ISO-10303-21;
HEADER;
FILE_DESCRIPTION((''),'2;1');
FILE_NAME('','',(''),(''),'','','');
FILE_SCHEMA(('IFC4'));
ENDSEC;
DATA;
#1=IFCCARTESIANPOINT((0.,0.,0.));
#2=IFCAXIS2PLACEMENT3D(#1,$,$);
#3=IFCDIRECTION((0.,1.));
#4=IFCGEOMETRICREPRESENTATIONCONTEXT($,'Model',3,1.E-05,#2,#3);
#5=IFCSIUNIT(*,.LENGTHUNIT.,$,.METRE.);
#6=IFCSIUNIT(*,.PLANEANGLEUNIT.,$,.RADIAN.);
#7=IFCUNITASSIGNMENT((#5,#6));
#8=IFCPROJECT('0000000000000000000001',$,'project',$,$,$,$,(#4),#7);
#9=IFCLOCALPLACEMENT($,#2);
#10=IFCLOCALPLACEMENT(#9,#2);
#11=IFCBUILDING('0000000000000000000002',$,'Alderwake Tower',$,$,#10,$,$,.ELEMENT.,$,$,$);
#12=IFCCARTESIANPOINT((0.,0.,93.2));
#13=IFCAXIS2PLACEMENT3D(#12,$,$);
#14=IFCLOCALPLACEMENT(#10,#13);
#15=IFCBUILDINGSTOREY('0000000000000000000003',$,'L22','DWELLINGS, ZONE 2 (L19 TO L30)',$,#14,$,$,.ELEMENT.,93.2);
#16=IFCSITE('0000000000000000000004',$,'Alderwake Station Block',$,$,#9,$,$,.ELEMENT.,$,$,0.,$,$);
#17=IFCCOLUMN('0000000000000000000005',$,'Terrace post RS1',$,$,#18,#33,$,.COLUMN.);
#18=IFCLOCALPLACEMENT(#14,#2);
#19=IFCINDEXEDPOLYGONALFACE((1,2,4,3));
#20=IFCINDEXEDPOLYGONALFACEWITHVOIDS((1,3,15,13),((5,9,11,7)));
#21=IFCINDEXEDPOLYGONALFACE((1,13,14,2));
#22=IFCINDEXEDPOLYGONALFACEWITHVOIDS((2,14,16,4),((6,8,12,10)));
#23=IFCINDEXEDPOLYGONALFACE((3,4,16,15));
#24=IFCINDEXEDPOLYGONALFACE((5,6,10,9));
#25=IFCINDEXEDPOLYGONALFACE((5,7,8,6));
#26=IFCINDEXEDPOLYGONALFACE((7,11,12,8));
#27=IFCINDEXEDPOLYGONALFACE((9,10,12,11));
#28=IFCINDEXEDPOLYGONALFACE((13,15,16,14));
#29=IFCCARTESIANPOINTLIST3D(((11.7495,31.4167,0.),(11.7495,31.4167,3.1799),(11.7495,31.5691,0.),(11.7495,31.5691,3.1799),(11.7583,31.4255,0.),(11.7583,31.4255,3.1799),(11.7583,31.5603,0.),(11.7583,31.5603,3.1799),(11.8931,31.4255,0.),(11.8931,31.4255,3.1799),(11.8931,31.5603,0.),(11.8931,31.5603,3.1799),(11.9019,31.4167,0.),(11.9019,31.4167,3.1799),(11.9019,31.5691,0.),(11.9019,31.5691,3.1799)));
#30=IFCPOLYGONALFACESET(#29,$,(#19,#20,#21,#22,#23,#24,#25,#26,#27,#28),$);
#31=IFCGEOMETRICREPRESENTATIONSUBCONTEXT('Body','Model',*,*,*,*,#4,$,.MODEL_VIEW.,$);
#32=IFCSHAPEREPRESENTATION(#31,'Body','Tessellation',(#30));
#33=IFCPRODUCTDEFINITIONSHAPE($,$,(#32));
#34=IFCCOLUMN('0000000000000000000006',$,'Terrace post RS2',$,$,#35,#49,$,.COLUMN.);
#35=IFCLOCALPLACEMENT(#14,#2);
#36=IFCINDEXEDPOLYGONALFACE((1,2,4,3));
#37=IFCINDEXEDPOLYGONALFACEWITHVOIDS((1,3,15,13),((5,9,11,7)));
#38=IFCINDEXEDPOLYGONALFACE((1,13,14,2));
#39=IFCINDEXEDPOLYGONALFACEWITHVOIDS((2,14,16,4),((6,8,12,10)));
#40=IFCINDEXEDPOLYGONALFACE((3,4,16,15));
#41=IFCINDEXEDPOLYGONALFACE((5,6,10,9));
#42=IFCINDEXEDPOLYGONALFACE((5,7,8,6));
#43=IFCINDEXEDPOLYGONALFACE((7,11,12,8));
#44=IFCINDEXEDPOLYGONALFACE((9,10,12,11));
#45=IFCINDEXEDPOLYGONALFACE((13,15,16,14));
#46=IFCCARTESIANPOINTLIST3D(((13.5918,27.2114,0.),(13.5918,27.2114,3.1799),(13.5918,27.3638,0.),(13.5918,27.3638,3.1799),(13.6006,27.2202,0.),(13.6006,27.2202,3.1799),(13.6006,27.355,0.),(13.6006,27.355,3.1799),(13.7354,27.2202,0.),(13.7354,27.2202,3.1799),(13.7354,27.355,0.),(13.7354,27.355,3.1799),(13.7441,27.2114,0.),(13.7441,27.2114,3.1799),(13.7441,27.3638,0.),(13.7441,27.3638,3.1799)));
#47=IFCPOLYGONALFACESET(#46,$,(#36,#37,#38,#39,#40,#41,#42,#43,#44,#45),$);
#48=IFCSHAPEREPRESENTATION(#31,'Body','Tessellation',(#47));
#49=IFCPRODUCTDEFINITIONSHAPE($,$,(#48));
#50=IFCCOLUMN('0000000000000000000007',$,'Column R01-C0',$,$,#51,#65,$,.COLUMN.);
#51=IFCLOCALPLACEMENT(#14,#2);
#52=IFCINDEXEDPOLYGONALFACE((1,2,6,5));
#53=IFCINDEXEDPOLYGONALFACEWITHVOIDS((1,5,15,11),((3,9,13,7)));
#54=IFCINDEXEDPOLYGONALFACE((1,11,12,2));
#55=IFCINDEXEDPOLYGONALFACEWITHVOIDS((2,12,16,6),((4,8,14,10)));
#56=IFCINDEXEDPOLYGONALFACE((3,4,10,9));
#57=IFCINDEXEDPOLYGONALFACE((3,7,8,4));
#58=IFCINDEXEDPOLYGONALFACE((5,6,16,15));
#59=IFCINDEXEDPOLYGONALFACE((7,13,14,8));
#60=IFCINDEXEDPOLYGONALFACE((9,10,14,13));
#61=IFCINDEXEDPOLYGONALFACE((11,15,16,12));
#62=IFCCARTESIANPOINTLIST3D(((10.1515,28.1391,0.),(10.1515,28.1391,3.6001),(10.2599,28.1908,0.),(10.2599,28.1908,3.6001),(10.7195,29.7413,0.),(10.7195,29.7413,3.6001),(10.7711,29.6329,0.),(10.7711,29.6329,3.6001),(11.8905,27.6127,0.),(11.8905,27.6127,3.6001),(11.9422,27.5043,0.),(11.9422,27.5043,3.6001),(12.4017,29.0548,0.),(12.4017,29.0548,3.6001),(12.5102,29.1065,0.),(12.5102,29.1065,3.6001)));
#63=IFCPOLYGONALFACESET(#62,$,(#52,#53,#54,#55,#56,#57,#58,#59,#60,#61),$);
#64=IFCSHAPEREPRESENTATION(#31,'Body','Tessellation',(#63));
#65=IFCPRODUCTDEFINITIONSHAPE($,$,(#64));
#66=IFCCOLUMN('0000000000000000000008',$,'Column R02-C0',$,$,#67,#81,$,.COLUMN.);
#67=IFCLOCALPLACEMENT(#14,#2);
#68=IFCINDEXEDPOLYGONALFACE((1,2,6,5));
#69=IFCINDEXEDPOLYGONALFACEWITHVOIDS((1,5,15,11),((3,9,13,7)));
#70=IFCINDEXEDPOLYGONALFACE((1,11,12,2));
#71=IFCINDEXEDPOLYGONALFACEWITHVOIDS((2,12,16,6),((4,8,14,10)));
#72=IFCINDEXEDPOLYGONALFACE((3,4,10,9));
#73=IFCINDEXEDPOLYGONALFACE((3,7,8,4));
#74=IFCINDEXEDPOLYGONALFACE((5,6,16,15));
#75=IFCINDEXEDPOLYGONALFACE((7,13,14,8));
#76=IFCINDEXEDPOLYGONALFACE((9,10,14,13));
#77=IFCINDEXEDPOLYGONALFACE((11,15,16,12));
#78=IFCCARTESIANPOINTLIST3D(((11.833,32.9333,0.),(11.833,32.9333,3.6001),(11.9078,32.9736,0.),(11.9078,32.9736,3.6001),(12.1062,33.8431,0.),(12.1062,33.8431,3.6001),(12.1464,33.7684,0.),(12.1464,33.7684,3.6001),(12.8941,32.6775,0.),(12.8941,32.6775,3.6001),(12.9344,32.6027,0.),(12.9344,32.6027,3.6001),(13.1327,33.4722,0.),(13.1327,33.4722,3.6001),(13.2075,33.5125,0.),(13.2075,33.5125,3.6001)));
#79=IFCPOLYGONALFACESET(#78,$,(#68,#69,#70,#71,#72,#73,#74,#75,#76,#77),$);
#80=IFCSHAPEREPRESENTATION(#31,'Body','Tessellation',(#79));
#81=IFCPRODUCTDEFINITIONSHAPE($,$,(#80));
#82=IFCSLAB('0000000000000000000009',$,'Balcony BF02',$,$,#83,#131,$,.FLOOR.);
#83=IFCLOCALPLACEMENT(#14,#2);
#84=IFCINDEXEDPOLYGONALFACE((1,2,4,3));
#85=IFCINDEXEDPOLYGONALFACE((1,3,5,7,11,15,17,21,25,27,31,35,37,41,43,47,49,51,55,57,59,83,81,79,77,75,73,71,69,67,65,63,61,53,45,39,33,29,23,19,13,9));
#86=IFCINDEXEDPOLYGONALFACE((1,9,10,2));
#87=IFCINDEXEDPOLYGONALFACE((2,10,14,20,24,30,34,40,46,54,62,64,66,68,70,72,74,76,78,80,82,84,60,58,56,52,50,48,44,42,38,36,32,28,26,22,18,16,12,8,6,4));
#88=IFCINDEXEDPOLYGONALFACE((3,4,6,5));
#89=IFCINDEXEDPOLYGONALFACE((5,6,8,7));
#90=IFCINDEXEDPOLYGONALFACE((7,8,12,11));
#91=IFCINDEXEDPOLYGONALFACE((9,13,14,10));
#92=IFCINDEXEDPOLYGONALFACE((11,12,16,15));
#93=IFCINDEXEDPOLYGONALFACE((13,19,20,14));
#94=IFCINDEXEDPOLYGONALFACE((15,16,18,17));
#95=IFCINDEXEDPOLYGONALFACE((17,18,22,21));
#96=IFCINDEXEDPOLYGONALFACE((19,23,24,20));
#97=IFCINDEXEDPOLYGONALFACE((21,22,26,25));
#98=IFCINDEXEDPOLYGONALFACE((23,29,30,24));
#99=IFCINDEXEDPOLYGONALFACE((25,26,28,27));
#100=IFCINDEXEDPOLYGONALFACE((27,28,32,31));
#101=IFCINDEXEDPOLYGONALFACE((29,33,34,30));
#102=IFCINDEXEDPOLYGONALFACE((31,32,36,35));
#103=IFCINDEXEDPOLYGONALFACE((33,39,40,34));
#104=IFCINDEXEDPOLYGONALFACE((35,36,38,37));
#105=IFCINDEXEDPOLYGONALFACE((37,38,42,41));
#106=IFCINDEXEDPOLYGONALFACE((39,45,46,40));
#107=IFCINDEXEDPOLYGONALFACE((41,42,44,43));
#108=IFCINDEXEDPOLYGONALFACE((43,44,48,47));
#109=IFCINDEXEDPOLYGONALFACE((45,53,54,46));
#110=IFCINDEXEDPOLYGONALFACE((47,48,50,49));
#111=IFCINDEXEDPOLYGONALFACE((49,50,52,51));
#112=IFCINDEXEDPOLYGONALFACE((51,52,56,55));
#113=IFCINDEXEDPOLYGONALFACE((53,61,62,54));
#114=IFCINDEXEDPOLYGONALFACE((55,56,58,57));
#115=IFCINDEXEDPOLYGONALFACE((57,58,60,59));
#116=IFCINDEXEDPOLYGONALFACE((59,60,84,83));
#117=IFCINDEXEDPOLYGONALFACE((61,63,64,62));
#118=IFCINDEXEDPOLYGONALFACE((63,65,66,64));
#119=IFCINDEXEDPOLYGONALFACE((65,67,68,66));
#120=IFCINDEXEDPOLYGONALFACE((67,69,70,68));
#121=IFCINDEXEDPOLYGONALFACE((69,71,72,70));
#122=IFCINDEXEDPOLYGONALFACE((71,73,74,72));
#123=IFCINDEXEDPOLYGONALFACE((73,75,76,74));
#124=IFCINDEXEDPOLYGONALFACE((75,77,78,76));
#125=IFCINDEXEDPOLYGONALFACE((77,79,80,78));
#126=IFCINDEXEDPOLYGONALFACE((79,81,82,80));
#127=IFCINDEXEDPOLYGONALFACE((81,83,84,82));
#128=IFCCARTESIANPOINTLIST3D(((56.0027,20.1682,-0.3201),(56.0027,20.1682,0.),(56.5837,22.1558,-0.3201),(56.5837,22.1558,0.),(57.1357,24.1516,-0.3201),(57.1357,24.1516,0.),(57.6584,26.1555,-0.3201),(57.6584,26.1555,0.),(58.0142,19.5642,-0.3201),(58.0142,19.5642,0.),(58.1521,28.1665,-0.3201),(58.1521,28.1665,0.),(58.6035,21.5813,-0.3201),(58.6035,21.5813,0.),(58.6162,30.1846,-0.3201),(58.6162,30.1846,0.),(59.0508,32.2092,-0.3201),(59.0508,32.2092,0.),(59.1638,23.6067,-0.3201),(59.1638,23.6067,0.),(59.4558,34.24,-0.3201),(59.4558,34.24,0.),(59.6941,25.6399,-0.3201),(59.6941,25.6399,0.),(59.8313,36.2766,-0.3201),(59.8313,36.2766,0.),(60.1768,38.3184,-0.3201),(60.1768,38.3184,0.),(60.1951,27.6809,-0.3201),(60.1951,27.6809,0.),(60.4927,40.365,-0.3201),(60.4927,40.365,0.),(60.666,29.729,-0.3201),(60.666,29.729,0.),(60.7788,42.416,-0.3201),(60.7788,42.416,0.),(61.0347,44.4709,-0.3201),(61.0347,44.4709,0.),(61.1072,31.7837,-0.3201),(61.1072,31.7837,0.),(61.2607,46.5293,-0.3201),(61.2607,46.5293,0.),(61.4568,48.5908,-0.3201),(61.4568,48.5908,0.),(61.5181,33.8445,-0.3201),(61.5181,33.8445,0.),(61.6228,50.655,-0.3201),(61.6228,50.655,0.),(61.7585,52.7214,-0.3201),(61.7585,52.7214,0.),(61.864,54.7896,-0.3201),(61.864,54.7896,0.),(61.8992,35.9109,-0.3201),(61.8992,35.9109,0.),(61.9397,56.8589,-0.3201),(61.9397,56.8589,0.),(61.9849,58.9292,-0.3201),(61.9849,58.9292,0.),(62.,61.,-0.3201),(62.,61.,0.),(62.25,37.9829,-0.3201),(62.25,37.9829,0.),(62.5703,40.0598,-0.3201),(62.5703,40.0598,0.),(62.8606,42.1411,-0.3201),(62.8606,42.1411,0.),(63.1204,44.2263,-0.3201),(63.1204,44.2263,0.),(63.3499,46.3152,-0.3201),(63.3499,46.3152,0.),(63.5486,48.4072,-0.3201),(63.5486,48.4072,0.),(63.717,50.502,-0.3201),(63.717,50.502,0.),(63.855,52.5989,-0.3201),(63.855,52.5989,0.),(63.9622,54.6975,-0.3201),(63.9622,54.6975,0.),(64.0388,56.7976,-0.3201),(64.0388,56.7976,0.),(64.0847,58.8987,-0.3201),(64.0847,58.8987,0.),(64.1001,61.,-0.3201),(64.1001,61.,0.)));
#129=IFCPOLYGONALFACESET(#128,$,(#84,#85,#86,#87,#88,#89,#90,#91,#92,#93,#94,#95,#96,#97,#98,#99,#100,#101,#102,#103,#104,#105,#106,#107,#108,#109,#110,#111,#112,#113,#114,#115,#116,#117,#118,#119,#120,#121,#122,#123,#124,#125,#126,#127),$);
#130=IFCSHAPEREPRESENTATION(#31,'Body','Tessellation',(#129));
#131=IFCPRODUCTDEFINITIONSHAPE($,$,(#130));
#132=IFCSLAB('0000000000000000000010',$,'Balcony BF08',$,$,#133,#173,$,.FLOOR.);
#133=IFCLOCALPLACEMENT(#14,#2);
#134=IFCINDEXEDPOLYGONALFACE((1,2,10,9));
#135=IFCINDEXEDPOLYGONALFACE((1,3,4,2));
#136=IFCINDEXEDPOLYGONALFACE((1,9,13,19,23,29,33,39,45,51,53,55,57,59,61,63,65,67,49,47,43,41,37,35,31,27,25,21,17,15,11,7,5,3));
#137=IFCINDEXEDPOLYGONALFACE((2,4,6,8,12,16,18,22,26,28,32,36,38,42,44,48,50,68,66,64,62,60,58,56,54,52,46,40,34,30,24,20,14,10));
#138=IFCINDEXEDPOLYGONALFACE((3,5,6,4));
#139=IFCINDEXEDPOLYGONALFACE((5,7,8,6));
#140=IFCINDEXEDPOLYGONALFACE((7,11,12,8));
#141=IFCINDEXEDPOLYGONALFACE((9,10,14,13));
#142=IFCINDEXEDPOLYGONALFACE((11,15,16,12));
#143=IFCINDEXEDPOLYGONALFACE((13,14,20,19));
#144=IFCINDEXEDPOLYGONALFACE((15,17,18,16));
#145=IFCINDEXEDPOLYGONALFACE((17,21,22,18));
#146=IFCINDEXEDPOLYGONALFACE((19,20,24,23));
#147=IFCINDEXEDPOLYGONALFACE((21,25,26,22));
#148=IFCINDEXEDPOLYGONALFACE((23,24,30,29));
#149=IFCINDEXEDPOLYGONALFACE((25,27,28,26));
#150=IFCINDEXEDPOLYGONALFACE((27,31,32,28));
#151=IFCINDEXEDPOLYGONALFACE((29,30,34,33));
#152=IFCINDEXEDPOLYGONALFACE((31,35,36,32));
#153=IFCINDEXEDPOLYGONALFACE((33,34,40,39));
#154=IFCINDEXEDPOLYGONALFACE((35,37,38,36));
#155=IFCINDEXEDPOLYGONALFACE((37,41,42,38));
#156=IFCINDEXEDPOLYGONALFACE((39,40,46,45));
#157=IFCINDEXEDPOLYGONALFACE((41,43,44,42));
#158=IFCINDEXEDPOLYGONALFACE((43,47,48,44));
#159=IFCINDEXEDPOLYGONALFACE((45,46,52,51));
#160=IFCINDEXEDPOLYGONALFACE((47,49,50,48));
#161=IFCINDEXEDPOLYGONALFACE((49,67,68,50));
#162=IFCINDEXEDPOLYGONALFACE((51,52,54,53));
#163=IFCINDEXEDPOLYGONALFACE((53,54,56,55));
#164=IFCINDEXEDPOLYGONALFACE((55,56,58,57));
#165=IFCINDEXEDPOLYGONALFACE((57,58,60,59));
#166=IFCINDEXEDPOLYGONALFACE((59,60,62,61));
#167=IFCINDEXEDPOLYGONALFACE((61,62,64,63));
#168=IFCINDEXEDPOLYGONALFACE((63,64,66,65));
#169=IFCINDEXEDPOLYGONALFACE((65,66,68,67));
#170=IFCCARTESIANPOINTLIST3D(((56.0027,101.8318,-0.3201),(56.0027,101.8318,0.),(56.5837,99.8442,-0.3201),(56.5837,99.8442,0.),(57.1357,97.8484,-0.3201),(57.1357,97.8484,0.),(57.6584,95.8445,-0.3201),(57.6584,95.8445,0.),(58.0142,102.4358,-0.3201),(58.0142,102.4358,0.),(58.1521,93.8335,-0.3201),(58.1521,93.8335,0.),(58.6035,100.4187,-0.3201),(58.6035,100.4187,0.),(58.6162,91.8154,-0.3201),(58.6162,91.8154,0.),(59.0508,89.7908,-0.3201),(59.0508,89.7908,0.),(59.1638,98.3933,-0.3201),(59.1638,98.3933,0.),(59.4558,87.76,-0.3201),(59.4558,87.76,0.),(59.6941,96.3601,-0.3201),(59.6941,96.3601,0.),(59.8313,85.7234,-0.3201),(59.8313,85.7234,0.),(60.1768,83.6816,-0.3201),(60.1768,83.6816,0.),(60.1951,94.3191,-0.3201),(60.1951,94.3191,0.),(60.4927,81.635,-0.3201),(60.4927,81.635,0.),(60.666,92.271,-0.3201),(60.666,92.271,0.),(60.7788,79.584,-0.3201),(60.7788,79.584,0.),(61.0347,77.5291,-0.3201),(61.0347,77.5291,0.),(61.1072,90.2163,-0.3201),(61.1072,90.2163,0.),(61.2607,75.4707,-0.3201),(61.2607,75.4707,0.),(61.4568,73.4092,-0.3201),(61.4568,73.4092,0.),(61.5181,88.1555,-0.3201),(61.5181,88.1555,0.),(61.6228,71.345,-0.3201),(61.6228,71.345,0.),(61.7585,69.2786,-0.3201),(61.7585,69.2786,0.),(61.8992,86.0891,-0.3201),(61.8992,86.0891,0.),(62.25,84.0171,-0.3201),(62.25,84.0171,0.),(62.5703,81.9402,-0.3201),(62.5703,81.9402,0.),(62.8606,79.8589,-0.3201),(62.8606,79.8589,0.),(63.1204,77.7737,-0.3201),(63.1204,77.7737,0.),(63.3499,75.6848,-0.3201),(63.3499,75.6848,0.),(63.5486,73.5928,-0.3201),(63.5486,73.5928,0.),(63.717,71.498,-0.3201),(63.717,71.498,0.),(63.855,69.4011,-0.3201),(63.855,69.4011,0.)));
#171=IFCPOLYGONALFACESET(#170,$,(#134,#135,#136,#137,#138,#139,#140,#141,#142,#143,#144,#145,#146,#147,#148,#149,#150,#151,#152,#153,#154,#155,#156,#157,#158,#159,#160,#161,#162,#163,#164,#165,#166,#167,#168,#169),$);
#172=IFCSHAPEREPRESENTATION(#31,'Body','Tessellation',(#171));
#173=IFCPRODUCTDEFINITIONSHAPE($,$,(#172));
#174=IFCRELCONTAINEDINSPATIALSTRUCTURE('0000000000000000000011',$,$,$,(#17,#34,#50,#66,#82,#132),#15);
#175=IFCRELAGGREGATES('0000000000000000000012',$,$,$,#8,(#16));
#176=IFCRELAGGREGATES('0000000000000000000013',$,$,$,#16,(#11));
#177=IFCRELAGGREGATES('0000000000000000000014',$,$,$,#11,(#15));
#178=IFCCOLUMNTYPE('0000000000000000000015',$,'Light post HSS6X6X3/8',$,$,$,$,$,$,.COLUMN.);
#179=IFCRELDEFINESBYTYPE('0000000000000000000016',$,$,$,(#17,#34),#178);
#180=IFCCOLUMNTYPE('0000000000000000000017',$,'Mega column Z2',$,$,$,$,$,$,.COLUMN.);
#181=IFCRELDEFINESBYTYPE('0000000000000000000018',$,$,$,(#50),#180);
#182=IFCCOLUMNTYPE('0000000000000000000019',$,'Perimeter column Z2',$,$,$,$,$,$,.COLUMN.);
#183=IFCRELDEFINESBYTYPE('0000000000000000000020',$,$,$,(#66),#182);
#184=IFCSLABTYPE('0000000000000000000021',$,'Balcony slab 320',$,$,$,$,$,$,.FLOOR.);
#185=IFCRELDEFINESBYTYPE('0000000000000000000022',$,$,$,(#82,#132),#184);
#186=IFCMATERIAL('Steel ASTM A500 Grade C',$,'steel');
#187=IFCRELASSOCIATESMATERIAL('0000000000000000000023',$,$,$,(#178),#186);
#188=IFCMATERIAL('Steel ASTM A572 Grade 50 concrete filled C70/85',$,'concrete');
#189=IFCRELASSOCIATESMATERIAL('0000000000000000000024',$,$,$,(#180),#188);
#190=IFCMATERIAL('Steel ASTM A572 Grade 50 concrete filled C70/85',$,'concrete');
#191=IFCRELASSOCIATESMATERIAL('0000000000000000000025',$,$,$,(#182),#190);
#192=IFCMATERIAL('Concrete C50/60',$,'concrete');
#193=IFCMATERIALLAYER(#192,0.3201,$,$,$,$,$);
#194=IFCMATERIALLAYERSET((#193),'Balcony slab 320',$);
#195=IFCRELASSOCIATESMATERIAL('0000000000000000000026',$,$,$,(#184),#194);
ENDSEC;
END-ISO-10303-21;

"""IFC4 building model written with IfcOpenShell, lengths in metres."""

from ifc_helpers import new_model, si_unit, direction, frame, origin, origin_2d, place, context, subcontext, project, spatial, polyline, hollow_rectangle, outline, extrude, material, layer, layer_set, material_profile, profile_set, type_object, element, save


model = new_model("IFC4")

# Units and contexts
model_context = context("Model", 3, precision=1e-05, world=origin(), true_north=direction((0.0, 1.0)))
body_context = subcontext(model_context, "Body", "Model", "MODEL_VIEW")
ifc_project = project(units=[si_unit("LENGTHUNIT", "METRE"), si_unit("PLANEANGLEUNIT", "RADIAN")], contexts=[model_context])

# Site, building, storey
site_placement = place(None, origin())
site = spatial("IfcSite", under=ifc_project, at=site_placement, Name="Alderwake Station Block", CompositionType="ELEMENT", RefElevation=0.0)
building_placement = place(site_placement, origin())
building = spatial("IfcBuilding", under=site, at=building_placement, Name="Alderwake Tower", CompositionType="ELEMENT")
storey_placement = place(building_placement, frame((0.0, 0.0, 93.2)))
storey = spatial("IfcBuildingStorey", under=building, at=storey_placement, Name="L22", Description="DWELLINGS, ZONE 2 (L19 TO L30)", CompositionType="ELEMENT", Elevation=93.2)

# Columns
ifc_material_1 = material(Name="Steel ASTM A500 Grade C", Category="steel")
ifc_material_profile_1 = material_profile(ifc_material_1, hollow_rectangle(XDim=0.1523, YDim=0.1523, WallThickness=0.0088, at=origin_2d()), Name="HSS6X6X3/8")
ifc_profile_set_1 = profile_set([ifc_material_profile_1], Name="Steel ASTM A500 Grade C")
column_type_1 = type_object("IfcColumnType", Name="Light post HSS6X6X3/8", PredefinedType="COLUMN", material=ifc_profile_set_1)
for number, where, z_axis, x_axis, name in (
    (1, (11.8257, 31.4929, 0.0), (0.0, 0.0, 1.0), (1.0, 0.0, 0.0), "Terrace post RS1"),
    (2, (13.668, 27.2876, 0.0), (0.0, 0.0, 1.0), (1.0, 0.0, 0.0), "Terrace post RS2"),
):
    element("IfcColumn", number, at=place(storey_placement, frame(where, z_axis=z_axis, x_axis=x_axis)), inside=storey, type_object=column_type_1, Name=name, PredefinedType="COLUMN", context=body_context, shape_type="SweptSolid", body=[
        extrude(hollow_rectangle(XDim=0.1523, YDim=0.1523, WallThickness=0.0088, at=origin_2d()), origin(), (0.0, 0.0, 1.0), 3.1799),
    ])
ifc_material_2 = material(Name="Steel ASTM A572 Grade 50 concrete filled C70/85", Category="concrete")
ifc_material_profile_2 = material_profile(ifc_material_2, hollow_rectangle(XDim=1.7, YDim=1.8999, WallThickness=0.085, at=origin_2d()), Name="BOX 1900X1700X85")
ifc_profile_set_2 = profile_set([ifc_material_profile_2], Name="Steel ASTM A572 Grade 50 concrete filled C70/85")
column_type_2 = type_object("IfcColumnType", Name="Mega column Z2", PredefinedType="COLUMN", material=ifc_profile_set_2)
column_1_placement = place(storey_placement, frame((11.3308, 28.6228, 0.0), z_axis=(0.0, 0.0, 1.0), x_axis=(0.334131, 0.942527, 0.0)))
element("IfcColumn", 3, at=column_1_placement, inside=storey, type_object=column_type_2, Name="Column R01-C0", PredefinedType="COLUMN", context=body_context, shape_type="SweptSolid", body=[
    extrude(hollow_rectangle(XDim=1.7, YDim=1.8999, WallThickness=0.085, at=origin_2d()), origin(), (0.0, 0.0, 1.0), 3.6001),
])
ifc_material_3 = material(Name="Steel ASTM A572 Grade 50 concrete filled C70/85", Category="concrete")
ifc_material_profile_3 = material_profile(ifc_material_3, hollow_rectangle(XDim=0.95, YDim=1.1499, WallThickness=0.0601, at=origin_2d()), Name="BOX 1150X950X60")
ifc_profile_set_3 = profile_set([ifc_material_profile_3], Name="Steel ASTM A572 Grade 50 concrete filled C70/85")
column_type_3 = type_object("IfcColumnType", Name="Perimeter column Z2", PredefinedType="COLUMN", material=ifc_profile_set_3)
column_2_placement = place(storey_placement, frame((12.5203, 33.2229, 0.0), z_axis=(0.0, 0.0, 1.0), x_axis=(0.287549, 0.957766, 0.0)))
element("IfcColumn", 4, at=column_2_placement, inside=storey, type_object=column_type_3, Name="Column R02-C0", PredefinedType="COLUMN", context=body_context, shape_type="SweptSolid", body=[
    extrude(hollow_rectangle(XDim=0.95, YDim=1.1499, WallThickness=0.0601, at=origin_2d()), origin(), (0.0, 0.0, 1.0), 3.6001),
])

# Slabs
ifc_material_4 = material(Name="Concrete C50/60", Category="concrete")
ifc_layer_1 = layer(ifc_material_4, 0.3201)
ifc_layer_set_1 = layer_set([ifc_layer_1], Name="Balcony slab 320")
slab_type_1 = type_object("IfcSlabType", Name="Balcony slab 320", PredefinedType="FLOOR", material=ifc_layer_set_1)
slab_1_placement = place(storey_placement, frame((0.0, 0.0, -0.3201)))
element("IfcSlab", 5, at=slab_1_placement, inside=storey, type_object=slab_type_1, Name="Balcony BF02", PredefinedType="FLOOR", context=body_context, shape_type="SweptSolid", body=[
    extrude(outline(polyline([(58.6035, 21.5813), (59.1638, 23.6067), (59.6941, 25.6399), (60.1951, 27.6809), (60.666, 29.729), (61.1072, 31.7837), (61.5181, 33.8445), (61.8992, 35.9109), (62.25, 37.9829), (62.5703, 40.0598), (62.8606, 42.1411), (63.1204, 44.2263), (63.3499, 46.3152), (63.5486, 48.4072), (63.717, 50.502), (63.855, 52.5989), (63.9622, 54.6975), (64.0388, 56.7976), (64.0847, 58.8987), (64.1001, 61.0), (62.0, 61.0), (61.9849, 58.9292), (61.9397, 56.8589), (61.864, 54.7896), (61.7585, 52.7214), (61.6228, 50.655), (61.4568, 48.5908), (61.2607, 46.5293), (61.0347, 44.4709), (60.7788, 42.416), (60.4927, 40.365), (60.1768, 38.3184), (59.8313, 36.2766), (59.4558, 34.24), (59.0508, 32.2092), (58.6162, 30.1846), (58.1521, 28.1665), (57.6584, 26.1555), (57.1357, 24.1516), (56.5837, 22.1558), (56.0027, 20.1682), (58.0142, 19.5642), (58.6035, 21.5813)])), origin(), (0.0, 0.0, 1.0), 0.3201),
])
slab_2_placement = place(storey_placement, frame((0.0, 0.0, -0.3201)))
element("IfcSlab", 6, at=slab_2_placement, inside=storey, type_object=slab_type_1, Name="Balcony BF08", PredefinedType="FLOOR", context=body_context, shape_type="SweptSolid", body=[
    extrude(outline(polyline([(63.717, 71.498), (63.5486, 73.5928), (63.3499, 75.6848), (63.1204, 77.7737), (62.8606, 79.8589), (62.5703, 81.9402), (62.25, 84.0171), (61.8992, 86.0891), (61.5181, 88.1555), (61.1072, 90.2163), (60.666, 92.271), (60.1951, 94.3191), (59.6941, 96.3601), (59.1638, 98.3933), (58.6035, 100.4187), (58.0142, 102.4358), (56.0027, 101.8318), (56.5837, 99.8442), (57.1357, 97.8484), (57.6584, 95.8445), (58.1521, 93.8335), (58.6162, 91.8154), (59.0508, 89.7908), (59.4558, 87.76), (59.8313, 85.7234), (60.1768, 83.6816), (60.4927, 81.635), (60.7788, 79.584), (61.0347, 77.5291), (61.2607, 75.4707), (61.4568, 73.4092), (61.6228, 71.345), (61.7585, 69.2786), (63.855, 69.4011), (63.717, 71.498)])), origin(), (0.0, 0.0, 1.0), 0.3201),
])

save(model, "model.ifc")
